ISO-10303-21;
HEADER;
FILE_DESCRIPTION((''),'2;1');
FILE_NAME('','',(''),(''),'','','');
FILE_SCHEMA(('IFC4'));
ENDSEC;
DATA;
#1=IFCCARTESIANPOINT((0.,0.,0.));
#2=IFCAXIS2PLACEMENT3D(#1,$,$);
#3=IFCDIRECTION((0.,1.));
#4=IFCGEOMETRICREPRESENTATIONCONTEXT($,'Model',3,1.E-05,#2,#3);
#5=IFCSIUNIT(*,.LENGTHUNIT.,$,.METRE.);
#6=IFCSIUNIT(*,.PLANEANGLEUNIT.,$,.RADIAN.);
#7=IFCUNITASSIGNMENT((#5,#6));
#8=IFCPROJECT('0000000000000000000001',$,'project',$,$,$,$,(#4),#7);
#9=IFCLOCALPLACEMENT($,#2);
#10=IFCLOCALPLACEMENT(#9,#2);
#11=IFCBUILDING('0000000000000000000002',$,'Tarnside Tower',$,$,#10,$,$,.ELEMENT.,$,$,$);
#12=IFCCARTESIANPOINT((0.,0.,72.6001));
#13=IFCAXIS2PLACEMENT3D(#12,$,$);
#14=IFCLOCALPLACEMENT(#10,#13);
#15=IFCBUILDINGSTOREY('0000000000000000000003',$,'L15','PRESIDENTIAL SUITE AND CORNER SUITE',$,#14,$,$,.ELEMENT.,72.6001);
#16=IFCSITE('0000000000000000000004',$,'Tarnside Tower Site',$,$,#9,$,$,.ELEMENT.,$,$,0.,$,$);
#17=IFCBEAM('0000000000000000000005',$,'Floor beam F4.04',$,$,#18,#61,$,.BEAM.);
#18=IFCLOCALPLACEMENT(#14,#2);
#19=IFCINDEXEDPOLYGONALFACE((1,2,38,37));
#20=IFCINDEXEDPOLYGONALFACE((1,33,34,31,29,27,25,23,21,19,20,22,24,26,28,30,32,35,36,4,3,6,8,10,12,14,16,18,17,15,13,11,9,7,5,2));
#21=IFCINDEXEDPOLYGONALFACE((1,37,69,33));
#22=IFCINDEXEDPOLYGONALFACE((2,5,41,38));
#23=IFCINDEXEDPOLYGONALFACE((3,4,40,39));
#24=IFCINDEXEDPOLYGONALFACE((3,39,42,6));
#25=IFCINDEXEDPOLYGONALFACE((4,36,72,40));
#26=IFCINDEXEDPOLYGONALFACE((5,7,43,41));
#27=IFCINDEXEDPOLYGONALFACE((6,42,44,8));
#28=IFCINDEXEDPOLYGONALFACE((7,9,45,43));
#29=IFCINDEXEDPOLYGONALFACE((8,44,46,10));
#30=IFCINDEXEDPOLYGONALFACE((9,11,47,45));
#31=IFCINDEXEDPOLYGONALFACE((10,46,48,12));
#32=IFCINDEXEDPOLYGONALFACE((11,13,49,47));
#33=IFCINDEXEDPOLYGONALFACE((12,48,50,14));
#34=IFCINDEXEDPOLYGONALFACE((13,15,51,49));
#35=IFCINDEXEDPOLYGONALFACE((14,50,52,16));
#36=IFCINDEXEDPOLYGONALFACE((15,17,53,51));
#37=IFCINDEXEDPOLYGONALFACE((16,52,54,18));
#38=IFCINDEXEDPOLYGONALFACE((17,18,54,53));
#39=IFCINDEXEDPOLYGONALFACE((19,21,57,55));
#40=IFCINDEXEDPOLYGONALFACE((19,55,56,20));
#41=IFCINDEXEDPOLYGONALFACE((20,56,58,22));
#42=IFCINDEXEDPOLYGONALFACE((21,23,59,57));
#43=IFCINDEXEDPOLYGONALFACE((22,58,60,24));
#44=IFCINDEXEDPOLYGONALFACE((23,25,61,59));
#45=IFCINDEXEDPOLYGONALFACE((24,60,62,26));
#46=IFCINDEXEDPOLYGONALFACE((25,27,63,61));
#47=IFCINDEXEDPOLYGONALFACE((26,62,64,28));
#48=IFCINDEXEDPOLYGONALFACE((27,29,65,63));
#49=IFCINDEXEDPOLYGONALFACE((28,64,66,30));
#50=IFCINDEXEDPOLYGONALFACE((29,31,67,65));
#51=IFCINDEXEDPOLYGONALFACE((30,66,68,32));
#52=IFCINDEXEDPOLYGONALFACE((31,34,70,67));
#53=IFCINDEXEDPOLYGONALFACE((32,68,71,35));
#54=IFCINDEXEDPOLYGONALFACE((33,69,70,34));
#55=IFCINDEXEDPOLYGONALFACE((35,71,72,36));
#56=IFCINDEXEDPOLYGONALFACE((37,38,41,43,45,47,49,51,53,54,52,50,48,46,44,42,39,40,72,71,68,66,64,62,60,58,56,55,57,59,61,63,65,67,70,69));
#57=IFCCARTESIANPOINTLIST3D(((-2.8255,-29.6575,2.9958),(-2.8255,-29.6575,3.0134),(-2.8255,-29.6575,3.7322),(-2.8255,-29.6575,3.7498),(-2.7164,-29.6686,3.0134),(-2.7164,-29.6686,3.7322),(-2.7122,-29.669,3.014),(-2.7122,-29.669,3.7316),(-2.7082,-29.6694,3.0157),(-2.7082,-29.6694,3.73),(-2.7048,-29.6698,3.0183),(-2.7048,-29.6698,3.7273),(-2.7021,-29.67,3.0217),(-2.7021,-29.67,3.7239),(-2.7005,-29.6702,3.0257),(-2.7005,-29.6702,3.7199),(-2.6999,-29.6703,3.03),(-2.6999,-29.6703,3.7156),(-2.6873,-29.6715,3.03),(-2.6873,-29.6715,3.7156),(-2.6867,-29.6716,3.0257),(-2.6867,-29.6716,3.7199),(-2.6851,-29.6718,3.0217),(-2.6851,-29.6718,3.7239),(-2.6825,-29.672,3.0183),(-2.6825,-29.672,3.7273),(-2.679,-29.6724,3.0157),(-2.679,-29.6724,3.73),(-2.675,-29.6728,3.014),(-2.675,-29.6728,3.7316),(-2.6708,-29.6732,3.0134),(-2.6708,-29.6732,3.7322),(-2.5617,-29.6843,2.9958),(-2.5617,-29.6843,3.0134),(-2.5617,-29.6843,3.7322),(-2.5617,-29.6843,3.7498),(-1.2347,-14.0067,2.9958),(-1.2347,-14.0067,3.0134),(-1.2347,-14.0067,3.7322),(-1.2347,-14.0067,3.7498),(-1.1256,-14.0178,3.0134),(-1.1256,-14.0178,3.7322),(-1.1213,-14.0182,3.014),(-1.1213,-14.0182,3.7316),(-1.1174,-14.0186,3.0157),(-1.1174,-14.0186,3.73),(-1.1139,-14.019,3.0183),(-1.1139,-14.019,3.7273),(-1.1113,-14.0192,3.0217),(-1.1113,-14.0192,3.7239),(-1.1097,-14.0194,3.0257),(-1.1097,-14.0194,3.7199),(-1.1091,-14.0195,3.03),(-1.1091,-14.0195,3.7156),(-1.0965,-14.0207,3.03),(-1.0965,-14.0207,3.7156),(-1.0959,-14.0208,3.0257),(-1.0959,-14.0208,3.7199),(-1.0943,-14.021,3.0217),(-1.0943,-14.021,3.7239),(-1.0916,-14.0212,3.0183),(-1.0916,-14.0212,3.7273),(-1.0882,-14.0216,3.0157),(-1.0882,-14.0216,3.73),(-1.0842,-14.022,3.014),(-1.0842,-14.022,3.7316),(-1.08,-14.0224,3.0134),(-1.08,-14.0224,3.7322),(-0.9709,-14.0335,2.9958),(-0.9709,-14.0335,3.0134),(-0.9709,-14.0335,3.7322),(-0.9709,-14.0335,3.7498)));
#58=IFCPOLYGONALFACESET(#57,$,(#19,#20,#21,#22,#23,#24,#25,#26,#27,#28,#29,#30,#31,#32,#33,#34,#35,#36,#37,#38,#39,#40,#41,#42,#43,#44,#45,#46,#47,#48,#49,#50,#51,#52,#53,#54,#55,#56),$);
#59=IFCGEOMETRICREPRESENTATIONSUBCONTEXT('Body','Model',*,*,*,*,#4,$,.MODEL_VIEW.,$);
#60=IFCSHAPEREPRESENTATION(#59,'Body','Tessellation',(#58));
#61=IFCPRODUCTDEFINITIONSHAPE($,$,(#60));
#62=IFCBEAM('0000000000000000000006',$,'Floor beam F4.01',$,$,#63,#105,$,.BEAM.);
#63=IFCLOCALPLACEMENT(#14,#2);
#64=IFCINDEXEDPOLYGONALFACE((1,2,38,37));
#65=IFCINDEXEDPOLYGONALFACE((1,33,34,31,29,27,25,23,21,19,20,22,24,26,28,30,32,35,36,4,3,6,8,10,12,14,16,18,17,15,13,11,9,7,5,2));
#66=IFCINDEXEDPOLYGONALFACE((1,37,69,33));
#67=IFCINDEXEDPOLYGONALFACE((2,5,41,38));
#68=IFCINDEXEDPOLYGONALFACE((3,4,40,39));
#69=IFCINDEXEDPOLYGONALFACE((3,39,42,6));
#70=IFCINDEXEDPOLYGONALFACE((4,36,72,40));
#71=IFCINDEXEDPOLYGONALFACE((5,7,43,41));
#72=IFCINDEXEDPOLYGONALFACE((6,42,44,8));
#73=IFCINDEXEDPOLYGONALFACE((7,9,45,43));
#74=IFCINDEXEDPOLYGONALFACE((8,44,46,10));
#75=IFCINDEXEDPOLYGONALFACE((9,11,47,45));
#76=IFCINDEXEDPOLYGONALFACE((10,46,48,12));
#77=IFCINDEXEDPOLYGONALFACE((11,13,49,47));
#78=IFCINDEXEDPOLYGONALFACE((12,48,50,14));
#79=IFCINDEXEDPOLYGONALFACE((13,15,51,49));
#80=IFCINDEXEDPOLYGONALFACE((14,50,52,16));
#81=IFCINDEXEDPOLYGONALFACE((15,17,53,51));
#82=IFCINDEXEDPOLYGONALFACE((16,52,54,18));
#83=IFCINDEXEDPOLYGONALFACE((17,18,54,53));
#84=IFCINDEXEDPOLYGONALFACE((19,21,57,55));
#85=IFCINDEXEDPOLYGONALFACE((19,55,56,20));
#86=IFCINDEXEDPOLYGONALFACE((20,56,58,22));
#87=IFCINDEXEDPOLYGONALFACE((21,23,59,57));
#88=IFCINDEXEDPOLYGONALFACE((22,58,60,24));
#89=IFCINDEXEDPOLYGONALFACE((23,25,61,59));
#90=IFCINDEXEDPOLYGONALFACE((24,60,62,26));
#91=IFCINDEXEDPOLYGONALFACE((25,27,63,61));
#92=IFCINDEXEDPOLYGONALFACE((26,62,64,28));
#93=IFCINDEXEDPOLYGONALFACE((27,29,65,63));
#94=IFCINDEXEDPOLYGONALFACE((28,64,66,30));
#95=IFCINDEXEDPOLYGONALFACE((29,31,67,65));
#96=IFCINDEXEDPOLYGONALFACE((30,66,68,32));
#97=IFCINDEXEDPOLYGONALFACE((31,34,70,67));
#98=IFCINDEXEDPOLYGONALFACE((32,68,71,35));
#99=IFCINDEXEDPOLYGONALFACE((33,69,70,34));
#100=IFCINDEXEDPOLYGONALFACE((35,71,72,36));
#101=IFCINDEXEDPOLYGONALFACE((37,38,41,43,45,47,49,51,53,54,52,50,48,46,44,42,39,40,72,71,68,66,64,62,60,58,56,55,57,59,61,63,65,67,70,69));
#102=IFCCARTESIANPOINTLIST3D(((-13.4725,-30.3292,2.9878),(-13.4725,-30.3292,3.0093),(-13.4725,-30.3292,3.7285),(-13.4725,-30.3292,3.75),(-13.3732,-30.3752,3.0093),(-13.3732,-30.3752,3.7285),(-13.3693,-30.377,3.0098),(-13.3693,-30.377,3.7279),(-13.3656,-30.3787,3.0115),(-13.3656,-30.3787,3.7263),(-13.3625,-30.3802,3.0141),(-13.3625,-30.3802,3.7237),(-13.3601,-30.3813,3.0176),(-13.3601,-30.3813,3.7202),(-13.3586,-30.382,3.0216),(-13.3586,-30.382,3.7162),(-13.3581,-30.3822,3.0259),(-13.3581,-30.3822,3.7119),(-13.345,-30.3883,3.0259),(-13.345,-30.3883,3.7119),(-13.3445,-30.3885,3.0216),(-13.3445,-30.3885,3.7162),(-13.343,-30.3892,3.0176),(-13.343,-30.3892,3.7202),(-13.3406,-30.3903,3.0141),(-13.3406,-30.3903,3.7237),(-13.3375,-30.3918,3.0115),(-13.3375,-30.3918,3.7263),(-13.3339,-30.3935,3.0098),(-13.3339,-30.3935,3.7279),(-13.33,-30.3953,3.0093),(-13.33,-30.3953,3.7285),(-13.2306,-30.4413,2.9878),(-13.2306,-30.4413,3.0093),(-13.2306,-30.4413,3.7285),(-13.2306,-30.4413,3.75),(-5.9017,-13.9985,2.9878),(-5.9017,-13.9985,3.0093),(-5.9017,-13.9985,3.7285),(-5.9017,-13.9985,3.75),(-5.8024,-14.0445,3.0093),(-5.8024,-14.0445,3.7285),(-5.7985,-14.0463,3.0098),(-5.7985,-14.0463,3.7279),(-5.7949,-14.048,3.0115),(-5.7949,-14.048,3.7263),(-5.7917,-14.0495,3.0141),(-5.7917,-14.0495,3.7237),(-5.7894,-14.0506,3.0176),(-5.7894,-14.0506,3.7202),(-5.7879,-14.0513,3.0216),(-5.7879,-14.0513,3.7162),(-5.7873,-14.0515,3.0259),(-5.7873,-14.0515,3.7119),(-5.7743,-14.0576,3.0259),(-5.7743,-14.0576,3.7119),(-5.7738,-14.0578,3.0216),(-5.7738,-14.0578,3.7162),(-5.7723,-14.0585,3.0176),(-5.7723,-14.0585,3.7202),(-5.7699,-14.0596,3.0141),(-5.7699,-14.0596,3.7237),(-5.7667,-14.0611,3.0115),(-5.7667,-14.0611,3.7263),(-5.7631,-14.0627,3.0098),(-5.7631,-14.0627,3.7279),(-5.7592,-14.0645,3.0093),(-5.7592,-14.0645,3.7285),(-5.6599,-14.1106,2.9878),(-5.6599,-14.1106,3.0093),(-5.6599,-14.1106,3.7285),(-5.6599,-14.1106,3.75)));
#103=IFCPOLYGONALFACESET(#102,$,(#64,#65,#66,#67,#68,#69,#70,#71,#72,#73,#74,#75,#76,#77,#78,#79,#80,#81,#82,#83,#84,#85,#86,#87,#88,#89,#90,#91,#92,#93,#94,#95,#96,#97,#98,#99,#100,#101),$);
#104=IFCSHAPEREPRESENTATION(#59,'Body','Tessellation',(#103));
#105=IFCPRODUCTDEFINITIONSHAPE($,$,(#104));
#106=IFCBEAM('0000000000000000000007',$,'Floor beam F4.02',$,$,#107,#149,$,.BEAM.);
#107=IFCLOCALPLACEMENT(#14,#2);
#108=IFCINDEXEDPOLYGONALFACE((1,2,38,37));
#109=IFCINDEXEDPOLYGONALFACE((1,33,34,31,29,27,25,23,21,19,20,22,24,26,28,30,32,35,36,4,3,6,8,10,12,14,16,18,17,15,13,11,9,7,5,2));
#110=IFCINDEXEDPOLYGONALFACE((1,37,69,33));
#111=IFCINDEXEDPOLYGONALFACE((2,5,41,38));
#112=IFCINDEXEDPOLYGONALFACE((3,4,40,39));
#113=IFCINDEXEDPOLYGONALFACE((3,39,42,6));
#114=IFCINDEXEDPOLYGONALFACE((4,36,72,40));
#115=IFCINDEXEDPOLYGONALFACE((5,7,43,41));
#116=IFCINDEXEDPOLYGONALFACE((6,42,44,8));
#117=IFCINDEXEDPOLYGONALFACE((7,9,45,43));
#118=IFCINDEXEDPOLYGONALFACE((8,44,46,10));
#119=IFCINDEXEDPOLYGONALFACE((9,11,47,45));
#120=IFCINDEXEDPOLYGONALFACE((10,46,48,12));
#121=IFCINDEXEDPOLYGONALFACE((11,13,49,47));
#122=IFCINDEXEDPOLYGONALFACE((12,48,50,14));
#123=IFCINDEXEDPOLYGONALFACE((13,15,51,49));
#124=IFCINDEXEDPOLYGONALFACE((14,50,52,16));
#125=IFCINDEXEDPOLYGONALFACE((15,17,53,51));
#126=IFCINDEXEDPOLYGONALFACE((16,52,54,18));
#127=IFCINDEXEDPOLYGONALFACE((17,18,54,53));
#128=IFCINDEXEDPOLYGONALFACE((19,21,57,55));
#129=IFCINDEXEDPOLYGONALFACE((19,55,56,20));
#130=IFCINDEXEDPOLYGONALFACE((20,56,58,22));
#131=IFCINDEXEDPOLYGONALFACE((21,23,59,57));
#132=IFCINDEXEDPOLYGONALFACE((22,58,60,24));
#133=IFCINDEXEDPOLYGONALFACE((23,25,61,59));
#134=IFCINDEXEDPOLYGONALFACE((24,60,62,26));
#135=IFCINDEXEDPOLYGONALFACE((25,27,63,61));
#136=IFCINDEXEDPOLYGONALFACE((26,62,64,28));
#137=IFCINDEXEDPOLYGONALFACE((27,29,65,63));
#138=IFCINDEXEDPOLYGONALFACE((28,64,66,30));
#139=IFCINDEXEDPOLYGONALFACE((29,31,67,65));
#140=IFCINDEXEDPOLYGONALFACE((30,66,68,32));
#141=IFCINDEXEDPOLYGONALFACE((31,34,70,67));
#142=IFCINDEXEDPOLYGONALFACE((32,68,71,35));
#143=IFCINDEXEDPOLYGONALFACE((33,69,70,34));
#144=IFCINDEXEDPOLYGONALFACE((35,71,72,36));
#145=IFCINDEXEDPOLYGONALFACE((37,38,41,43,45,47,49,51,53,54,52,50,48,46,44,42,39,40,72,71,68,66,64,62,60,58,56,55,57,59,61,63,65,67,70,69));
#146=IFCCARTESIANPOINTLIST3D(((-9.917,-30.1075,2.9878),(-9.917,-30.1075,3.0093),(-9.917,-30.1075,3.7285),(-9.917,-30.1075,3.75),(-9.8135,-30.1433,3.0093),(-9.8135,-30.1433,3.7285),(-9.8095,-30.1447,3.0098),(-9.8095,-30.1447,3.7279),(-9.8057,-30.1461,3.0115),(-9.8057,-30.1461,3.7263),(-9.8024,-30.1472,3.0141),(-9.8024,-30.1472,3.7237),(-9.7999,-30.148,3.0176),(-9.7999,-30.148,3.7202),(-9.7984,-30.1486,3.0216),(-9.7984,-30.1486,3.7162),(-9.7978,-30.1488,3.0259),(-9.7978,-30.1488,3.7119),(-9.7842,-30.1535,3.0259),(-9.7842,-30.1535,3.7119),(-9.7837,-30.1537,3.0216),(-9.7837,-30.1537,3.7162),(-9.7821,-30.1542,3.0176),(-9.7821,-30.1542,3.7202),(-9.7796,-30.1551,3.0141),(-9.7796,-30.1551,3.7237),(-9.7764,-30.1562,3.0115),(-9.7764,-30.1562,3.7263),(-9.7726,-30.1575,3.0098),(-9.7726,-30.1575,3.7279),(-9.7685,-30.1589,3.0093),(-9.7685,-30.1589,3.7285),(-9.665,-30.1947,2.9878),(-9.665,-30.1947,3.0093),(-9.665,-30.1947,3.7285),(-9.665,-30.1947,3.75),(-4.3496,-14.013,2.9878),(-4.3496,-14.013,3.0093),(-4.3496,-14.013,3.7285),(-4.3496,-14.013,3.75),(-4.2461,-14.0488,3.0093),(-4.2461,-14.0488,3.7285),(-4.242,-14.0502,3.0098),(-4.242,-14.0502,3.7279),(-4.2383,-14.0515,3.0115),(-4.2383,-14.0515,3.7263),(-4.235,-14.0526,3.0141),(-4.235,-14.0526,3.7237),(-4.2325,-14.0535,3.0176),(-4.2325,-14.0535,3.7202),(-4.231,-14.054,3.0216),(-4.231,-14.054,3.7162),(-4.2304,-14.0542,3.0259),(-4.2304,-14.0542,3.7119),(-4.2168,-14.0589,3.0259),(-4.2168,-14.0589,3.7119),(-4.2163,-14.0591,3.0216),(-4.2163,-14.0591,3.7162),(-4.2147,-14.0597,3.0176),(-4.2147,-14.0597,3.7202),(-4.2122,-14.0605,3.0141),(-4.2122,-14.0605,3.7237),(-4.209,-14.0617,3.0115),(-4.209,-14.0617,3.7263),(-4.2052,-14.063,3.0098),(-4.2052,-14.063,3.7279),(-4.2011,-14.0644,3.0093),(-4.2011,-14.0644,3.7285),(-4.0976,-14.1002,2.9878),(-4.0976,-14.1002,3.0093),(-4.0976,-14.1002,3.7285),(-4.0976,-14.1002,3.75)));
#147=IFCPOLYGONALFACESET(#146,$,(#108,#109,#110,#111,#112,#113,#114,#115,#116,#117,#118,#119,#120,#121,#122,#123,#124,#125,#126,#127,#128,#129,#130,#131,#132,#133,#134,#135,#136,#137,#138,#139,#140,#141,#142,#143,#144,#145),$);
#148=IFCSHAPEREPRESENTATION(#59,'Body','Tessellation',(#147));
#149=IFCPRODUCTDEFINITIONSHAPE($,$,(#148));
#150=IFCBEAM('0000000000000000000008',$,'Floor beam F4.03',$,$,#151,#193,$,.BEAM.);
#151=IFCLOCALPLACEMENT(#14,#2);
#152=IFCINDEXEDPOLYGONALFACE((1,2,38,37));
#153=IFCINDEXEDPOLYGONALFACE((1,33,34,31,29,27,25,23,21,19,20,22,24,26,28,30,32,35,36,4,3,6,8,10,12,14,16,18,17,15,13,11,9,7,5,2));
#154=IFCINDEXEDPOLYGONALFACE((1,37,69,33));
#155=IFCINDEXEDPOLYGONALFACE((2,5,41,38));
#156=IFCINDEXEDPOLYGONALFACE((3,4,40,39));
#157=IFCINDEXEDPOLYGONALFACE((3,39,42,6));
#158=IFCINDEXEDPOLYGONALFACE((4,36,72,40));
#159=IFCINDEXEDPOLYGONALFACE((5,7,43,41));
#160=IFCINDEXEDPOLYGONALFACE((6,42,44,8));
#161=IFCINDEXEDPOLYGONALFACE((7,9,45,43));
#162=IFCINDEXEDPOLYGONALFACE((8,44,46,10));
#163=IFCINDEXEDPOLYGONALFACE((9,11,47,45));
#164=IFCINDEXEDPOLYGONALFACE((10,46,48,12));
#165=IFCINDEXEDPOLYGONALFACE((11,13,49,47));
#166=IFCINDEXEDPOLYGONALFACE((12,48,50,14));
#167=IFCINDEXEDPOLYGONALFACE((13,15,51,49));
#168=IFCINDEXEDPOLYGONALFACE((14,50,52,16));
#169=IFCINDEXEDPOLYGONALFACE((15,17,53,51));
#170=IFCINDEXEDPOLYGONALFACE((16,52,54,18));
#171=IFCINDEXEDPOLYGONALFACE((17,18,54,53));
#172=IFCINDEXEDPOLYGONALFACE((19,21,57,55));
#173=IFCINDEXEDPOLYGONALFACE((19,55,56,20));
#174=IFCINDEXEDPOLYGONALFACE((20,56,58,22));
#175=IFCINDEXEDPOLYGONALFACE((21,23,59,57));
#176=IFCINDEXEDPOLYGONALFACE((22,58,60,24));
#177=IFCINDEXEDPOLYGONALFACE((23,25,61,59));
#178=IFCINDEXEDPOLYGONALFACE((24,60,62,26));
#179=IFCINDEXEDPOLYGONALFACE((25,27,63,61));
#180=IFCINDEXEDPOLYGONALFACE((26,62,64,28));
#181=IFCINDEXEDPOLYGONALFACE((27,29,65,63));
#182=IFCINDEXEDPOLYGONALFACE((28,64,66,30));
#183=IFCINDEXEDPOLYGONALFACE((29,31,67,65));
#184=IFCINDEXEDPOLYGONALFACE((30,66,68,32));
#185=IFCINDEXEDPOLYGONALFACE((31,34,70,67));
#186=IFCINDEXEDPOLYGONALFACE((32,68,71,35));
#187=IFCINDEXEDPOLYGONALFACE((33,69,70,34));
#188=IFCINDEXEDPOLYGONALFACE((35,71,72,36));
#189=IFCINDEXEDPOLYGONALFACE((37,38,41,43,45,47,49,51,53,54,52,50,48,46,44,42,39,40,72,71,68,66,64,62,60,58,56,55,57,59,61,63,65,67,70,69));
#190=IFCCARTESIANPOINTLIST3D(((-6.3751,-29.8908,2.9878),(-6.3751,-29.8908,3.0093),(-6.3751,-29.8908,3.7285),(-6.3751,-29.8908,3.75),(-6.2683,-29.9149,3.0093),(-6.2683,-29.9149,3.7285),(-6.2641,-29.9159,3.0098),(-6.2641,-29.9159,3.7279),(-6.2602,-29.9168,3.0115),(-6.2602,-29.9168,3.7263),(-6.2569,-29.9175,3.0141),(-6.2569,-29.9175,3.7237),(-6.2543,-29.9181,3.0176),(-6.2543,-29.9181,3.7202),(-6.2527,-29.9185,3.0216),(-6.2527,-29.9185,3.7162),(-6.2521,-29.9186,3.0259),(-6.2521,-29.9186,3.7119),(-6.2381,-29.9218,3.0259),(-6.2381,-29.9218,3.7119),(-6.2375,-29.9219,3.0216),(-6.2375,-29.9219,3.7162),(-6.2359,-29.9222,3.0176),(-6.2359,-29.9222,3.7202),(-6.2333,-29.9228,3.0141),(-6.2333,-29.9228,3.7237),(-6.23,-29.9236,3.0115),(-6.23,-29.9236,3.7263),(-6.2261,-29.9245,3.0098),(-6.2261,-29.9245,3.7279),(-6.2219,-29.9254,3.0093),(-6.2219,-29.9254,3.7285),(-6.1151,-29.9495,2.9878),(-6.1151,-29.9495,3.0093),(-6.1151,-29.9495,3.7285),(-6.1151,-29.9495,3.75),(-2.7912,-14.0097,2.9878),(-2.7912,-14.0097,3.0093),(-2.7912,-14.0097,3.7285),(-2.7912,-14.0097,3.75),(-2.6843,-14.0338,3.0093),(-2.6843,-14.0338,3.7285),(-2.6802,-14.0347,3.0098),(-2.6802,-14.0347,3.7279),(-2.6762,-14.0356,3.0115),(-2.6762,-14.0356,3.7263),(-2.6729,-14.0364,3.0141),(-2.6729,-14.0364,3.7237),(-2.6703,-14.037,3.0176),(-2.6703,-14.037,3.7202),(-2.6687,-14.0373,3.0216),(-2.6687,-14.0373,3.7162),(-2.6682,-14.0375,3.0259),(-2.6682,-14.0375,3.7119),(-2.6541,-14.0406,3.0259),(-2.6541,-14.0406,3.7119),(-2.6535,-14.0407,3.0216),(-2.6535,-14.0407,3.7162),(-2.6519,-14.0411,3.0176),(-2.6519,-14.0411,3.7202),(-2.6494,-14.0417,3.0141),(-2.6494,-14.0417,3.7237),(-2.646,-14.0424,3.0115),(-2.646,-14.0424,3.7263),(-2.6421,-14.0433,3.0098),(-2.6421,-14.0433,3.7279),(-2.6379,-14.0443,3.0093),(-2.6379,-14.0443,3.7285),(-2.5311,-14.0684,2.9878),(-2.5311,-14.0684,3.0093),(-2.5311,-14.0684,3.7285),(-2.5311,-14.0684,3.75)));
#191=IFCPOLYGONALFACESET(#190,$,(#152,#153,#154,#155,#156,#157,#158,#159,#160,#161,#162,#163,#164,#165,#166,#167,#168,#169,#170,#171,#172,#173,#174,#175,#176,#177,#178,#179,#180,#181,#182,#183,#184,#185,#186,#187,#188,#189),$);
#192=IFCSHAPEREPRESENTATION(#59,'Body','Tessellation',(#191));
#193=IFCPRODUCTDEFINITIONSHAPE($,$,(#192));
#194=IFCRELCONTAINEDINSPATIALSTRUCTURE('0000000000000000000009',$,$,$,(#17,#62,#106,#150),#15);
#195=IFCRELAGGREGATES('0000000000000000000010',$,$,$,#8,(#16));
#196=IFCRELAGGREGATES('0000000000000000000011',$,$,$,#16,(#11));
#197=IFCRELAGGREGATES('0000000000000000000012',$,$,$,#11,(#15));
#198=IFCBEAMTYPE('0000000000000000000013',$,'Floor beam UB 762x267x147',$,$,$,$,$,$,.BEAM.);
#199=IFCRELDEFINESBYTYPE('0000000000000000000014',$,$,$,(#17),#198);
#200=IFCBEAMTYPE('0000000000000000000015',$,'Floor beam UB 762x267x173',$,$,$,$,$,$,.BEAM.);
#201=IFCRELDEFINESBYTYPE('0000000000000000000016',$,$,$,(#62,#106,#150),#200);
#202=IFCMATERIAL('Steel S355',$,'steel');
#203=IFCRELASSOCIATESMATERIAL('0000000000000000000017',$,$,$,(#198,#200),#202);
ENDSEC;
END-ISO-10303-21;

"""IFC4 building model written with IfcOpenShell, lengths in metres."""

from ifc_helpers import new_model, si_unit, direction, frame, origin, origin_2d, place, context, subcontext, project, spatial, i_section, extrude, material, material_profile, profile_set, type_object, element, save


model = new_model("IFC4")

# Units and contexts
model_context = context("Model", 3, precision=1e-05, world=origin(), true_north=direction((0.0, 1.0)))
body_context = subcontext(model_context, "Body", "Model", "MODEL_VIEW")
ifc_project = project(units=[si_unit("LENGTHUNIT", "METRE"), si_unit("PLANEANGLEUNIT", "RADIAN")], contexts=[model_context])

# Site, building, storey
site_placement = place(None, origin())
site = spatial("IfcSite", under=ifc_project, at=site_placement, Name="Tarnside Tower Site", CompositionType="ELEMENT", RefElevation=0.0)
building_placement = place(site_placement, origin())
building = spatial("IfcBuilding", under=site, at=building_placement, Name="Tarnside Tower", CompositionType="ELEMENT")
storey_placement = place(building_placement, frame((0.0, 0.0, 72.6001)))
storey = spatial("IfcBuildingStorey", under=building, at=storey_placement, Name="L15", Description="PRESIDENTIAL SUITE AND CORNER SUITE", CompositionType="ELEMENT", Elevation=72.6001)

# Beams
ifc_material_1 = material(Name="Steel S355", Category="steel")
ifc_material_profile_1 = material_profile(ifc_material_1, i_section(OverallWidth=0.2651, OverallDepth=0.7539, WebThickness=0.0127, FlangeThickness=0.0176, FilletRadius=0.0166, at=origin_2d()), Name="UB 762x267x147")
ifc_profile_set_1 = profile_set([ifc_material_profile_1], Name="Steel S355")
beam_type_1 = type_object("IfcBeamType", Name="Floor beam UB 762x267x147", PredefinedType="BEAM", material=ifc_profile_set_1)
beam_1_placement = place(storey_placement, frame((-2.6936, -29.6709, 3.3728), z_axis=(0.101123, 0.994874, 0.0), x_axis=(-0.994874, 0.101123, 0.0)))
element("IfcBeam", 1, at=beam_1_placement, inside=storey, type_object=beam_type_1, Name="Floor beam F4.04", PredefinedType="BEAM", context=body_context, shape_type="SweptSolid", body=[
    extrude(i_section(OverallWidth=0.2651, OverallDepth=0.7539, WebThickness=0.0127, FlangeThickness=0.0176, FilletRadius=0.0166, at=origin_2d()), origin(), (0.0, 0.0, 1.0), 15.7314),
])
ifc_material_profile_2 = material_profile(ifc_material_1, i_section(OverallWidth=0.2666, OverallDepth=0.7622, WebThickness=0.0144, FlangeThickness=0.0215, FilletRadius=0.0166, at=origin_2d()), Name="UB 762x267x173")
ifc_profile_set_2 = profile_set([ifc_material_profile_2], Name="Steel S355")
beam_type_2 = type_object("IfcBeamType", Name="Floor beam UB 762x267x173", PredefinedType="BEAM", material=ifc_profile_set_2)
beam_2_placement = place(storey_placement, frame((-13.3516, -30.3853, 3.3689), z_axis=(0.420592, 0.90725, 0.0), x_axis=(-0.90725, 0.420592, 0.0)))
element("IfcBeam", 2, at=beam_2_placement, inside=storey, type_object=beam_type_2, Name="Floor beam F4.01", PredefinedType="BEAM", context=body_context, shape_type="SweptSolid", body=[
    extrude(i_section(OverallWidth=0.2666, OverallDepth=0.7622, WebThickness=0.0144, FlangeThickness=0.0215, FilletRadius=0.0166, at=origin_2d()), origin(), (0.0, 0.0, 1.0), 18.0002),
])
beam_3_placement = place(storey_placement, frame((-9.791, -30.1511, 3.3689), z_axis=(0.326912, 0.945055, 0.0), x_axis=(-0.945055, 0.326912, 0.0)))
element("IfcBeam", 3, at=beam_3_placement, inside=storey, type_object=beam_type_2, Name="Floor beam F4.02", PredefinedType="BEAM", context=body_context, shape_type="SweptSolid", body=[
    extrude(i_section(OverallWidth=0.2666, OverallDepth=0.7622, WebThickness=0.0144, FlangeThickness=0.0215, FilletRadius=0.0166, at=origin_2d()), origin(), (0.0, 0.0, 1.0), 17.0303),
])
beam_4_placement = place(storey_placement, frame((-6.2451, -29.9202, 3.3689), z_axis=(0.22014, 0.975468, 0.0), x_axis=(-0.975468, 0.22014, 0.0)))
element("IfcBeam", 4, at=beam_4_placement, inside=storey, type_object=beam_type_2, Name="Floor beam F4.03", PredefinedType="BEAM", context=body_context, shape_type="SweptSolid", body=[
    extrude(i_section(OverallWidth=0.2666, OverallDepth=0.7622, WebThickness=0.0144, FlangeThickness=0.0215, FilletRadius=0.0166, at=origin_2d()), origin(), (0.0, 0.0, 1.0), 16.2805),
])

save(model, "model.ifc")
